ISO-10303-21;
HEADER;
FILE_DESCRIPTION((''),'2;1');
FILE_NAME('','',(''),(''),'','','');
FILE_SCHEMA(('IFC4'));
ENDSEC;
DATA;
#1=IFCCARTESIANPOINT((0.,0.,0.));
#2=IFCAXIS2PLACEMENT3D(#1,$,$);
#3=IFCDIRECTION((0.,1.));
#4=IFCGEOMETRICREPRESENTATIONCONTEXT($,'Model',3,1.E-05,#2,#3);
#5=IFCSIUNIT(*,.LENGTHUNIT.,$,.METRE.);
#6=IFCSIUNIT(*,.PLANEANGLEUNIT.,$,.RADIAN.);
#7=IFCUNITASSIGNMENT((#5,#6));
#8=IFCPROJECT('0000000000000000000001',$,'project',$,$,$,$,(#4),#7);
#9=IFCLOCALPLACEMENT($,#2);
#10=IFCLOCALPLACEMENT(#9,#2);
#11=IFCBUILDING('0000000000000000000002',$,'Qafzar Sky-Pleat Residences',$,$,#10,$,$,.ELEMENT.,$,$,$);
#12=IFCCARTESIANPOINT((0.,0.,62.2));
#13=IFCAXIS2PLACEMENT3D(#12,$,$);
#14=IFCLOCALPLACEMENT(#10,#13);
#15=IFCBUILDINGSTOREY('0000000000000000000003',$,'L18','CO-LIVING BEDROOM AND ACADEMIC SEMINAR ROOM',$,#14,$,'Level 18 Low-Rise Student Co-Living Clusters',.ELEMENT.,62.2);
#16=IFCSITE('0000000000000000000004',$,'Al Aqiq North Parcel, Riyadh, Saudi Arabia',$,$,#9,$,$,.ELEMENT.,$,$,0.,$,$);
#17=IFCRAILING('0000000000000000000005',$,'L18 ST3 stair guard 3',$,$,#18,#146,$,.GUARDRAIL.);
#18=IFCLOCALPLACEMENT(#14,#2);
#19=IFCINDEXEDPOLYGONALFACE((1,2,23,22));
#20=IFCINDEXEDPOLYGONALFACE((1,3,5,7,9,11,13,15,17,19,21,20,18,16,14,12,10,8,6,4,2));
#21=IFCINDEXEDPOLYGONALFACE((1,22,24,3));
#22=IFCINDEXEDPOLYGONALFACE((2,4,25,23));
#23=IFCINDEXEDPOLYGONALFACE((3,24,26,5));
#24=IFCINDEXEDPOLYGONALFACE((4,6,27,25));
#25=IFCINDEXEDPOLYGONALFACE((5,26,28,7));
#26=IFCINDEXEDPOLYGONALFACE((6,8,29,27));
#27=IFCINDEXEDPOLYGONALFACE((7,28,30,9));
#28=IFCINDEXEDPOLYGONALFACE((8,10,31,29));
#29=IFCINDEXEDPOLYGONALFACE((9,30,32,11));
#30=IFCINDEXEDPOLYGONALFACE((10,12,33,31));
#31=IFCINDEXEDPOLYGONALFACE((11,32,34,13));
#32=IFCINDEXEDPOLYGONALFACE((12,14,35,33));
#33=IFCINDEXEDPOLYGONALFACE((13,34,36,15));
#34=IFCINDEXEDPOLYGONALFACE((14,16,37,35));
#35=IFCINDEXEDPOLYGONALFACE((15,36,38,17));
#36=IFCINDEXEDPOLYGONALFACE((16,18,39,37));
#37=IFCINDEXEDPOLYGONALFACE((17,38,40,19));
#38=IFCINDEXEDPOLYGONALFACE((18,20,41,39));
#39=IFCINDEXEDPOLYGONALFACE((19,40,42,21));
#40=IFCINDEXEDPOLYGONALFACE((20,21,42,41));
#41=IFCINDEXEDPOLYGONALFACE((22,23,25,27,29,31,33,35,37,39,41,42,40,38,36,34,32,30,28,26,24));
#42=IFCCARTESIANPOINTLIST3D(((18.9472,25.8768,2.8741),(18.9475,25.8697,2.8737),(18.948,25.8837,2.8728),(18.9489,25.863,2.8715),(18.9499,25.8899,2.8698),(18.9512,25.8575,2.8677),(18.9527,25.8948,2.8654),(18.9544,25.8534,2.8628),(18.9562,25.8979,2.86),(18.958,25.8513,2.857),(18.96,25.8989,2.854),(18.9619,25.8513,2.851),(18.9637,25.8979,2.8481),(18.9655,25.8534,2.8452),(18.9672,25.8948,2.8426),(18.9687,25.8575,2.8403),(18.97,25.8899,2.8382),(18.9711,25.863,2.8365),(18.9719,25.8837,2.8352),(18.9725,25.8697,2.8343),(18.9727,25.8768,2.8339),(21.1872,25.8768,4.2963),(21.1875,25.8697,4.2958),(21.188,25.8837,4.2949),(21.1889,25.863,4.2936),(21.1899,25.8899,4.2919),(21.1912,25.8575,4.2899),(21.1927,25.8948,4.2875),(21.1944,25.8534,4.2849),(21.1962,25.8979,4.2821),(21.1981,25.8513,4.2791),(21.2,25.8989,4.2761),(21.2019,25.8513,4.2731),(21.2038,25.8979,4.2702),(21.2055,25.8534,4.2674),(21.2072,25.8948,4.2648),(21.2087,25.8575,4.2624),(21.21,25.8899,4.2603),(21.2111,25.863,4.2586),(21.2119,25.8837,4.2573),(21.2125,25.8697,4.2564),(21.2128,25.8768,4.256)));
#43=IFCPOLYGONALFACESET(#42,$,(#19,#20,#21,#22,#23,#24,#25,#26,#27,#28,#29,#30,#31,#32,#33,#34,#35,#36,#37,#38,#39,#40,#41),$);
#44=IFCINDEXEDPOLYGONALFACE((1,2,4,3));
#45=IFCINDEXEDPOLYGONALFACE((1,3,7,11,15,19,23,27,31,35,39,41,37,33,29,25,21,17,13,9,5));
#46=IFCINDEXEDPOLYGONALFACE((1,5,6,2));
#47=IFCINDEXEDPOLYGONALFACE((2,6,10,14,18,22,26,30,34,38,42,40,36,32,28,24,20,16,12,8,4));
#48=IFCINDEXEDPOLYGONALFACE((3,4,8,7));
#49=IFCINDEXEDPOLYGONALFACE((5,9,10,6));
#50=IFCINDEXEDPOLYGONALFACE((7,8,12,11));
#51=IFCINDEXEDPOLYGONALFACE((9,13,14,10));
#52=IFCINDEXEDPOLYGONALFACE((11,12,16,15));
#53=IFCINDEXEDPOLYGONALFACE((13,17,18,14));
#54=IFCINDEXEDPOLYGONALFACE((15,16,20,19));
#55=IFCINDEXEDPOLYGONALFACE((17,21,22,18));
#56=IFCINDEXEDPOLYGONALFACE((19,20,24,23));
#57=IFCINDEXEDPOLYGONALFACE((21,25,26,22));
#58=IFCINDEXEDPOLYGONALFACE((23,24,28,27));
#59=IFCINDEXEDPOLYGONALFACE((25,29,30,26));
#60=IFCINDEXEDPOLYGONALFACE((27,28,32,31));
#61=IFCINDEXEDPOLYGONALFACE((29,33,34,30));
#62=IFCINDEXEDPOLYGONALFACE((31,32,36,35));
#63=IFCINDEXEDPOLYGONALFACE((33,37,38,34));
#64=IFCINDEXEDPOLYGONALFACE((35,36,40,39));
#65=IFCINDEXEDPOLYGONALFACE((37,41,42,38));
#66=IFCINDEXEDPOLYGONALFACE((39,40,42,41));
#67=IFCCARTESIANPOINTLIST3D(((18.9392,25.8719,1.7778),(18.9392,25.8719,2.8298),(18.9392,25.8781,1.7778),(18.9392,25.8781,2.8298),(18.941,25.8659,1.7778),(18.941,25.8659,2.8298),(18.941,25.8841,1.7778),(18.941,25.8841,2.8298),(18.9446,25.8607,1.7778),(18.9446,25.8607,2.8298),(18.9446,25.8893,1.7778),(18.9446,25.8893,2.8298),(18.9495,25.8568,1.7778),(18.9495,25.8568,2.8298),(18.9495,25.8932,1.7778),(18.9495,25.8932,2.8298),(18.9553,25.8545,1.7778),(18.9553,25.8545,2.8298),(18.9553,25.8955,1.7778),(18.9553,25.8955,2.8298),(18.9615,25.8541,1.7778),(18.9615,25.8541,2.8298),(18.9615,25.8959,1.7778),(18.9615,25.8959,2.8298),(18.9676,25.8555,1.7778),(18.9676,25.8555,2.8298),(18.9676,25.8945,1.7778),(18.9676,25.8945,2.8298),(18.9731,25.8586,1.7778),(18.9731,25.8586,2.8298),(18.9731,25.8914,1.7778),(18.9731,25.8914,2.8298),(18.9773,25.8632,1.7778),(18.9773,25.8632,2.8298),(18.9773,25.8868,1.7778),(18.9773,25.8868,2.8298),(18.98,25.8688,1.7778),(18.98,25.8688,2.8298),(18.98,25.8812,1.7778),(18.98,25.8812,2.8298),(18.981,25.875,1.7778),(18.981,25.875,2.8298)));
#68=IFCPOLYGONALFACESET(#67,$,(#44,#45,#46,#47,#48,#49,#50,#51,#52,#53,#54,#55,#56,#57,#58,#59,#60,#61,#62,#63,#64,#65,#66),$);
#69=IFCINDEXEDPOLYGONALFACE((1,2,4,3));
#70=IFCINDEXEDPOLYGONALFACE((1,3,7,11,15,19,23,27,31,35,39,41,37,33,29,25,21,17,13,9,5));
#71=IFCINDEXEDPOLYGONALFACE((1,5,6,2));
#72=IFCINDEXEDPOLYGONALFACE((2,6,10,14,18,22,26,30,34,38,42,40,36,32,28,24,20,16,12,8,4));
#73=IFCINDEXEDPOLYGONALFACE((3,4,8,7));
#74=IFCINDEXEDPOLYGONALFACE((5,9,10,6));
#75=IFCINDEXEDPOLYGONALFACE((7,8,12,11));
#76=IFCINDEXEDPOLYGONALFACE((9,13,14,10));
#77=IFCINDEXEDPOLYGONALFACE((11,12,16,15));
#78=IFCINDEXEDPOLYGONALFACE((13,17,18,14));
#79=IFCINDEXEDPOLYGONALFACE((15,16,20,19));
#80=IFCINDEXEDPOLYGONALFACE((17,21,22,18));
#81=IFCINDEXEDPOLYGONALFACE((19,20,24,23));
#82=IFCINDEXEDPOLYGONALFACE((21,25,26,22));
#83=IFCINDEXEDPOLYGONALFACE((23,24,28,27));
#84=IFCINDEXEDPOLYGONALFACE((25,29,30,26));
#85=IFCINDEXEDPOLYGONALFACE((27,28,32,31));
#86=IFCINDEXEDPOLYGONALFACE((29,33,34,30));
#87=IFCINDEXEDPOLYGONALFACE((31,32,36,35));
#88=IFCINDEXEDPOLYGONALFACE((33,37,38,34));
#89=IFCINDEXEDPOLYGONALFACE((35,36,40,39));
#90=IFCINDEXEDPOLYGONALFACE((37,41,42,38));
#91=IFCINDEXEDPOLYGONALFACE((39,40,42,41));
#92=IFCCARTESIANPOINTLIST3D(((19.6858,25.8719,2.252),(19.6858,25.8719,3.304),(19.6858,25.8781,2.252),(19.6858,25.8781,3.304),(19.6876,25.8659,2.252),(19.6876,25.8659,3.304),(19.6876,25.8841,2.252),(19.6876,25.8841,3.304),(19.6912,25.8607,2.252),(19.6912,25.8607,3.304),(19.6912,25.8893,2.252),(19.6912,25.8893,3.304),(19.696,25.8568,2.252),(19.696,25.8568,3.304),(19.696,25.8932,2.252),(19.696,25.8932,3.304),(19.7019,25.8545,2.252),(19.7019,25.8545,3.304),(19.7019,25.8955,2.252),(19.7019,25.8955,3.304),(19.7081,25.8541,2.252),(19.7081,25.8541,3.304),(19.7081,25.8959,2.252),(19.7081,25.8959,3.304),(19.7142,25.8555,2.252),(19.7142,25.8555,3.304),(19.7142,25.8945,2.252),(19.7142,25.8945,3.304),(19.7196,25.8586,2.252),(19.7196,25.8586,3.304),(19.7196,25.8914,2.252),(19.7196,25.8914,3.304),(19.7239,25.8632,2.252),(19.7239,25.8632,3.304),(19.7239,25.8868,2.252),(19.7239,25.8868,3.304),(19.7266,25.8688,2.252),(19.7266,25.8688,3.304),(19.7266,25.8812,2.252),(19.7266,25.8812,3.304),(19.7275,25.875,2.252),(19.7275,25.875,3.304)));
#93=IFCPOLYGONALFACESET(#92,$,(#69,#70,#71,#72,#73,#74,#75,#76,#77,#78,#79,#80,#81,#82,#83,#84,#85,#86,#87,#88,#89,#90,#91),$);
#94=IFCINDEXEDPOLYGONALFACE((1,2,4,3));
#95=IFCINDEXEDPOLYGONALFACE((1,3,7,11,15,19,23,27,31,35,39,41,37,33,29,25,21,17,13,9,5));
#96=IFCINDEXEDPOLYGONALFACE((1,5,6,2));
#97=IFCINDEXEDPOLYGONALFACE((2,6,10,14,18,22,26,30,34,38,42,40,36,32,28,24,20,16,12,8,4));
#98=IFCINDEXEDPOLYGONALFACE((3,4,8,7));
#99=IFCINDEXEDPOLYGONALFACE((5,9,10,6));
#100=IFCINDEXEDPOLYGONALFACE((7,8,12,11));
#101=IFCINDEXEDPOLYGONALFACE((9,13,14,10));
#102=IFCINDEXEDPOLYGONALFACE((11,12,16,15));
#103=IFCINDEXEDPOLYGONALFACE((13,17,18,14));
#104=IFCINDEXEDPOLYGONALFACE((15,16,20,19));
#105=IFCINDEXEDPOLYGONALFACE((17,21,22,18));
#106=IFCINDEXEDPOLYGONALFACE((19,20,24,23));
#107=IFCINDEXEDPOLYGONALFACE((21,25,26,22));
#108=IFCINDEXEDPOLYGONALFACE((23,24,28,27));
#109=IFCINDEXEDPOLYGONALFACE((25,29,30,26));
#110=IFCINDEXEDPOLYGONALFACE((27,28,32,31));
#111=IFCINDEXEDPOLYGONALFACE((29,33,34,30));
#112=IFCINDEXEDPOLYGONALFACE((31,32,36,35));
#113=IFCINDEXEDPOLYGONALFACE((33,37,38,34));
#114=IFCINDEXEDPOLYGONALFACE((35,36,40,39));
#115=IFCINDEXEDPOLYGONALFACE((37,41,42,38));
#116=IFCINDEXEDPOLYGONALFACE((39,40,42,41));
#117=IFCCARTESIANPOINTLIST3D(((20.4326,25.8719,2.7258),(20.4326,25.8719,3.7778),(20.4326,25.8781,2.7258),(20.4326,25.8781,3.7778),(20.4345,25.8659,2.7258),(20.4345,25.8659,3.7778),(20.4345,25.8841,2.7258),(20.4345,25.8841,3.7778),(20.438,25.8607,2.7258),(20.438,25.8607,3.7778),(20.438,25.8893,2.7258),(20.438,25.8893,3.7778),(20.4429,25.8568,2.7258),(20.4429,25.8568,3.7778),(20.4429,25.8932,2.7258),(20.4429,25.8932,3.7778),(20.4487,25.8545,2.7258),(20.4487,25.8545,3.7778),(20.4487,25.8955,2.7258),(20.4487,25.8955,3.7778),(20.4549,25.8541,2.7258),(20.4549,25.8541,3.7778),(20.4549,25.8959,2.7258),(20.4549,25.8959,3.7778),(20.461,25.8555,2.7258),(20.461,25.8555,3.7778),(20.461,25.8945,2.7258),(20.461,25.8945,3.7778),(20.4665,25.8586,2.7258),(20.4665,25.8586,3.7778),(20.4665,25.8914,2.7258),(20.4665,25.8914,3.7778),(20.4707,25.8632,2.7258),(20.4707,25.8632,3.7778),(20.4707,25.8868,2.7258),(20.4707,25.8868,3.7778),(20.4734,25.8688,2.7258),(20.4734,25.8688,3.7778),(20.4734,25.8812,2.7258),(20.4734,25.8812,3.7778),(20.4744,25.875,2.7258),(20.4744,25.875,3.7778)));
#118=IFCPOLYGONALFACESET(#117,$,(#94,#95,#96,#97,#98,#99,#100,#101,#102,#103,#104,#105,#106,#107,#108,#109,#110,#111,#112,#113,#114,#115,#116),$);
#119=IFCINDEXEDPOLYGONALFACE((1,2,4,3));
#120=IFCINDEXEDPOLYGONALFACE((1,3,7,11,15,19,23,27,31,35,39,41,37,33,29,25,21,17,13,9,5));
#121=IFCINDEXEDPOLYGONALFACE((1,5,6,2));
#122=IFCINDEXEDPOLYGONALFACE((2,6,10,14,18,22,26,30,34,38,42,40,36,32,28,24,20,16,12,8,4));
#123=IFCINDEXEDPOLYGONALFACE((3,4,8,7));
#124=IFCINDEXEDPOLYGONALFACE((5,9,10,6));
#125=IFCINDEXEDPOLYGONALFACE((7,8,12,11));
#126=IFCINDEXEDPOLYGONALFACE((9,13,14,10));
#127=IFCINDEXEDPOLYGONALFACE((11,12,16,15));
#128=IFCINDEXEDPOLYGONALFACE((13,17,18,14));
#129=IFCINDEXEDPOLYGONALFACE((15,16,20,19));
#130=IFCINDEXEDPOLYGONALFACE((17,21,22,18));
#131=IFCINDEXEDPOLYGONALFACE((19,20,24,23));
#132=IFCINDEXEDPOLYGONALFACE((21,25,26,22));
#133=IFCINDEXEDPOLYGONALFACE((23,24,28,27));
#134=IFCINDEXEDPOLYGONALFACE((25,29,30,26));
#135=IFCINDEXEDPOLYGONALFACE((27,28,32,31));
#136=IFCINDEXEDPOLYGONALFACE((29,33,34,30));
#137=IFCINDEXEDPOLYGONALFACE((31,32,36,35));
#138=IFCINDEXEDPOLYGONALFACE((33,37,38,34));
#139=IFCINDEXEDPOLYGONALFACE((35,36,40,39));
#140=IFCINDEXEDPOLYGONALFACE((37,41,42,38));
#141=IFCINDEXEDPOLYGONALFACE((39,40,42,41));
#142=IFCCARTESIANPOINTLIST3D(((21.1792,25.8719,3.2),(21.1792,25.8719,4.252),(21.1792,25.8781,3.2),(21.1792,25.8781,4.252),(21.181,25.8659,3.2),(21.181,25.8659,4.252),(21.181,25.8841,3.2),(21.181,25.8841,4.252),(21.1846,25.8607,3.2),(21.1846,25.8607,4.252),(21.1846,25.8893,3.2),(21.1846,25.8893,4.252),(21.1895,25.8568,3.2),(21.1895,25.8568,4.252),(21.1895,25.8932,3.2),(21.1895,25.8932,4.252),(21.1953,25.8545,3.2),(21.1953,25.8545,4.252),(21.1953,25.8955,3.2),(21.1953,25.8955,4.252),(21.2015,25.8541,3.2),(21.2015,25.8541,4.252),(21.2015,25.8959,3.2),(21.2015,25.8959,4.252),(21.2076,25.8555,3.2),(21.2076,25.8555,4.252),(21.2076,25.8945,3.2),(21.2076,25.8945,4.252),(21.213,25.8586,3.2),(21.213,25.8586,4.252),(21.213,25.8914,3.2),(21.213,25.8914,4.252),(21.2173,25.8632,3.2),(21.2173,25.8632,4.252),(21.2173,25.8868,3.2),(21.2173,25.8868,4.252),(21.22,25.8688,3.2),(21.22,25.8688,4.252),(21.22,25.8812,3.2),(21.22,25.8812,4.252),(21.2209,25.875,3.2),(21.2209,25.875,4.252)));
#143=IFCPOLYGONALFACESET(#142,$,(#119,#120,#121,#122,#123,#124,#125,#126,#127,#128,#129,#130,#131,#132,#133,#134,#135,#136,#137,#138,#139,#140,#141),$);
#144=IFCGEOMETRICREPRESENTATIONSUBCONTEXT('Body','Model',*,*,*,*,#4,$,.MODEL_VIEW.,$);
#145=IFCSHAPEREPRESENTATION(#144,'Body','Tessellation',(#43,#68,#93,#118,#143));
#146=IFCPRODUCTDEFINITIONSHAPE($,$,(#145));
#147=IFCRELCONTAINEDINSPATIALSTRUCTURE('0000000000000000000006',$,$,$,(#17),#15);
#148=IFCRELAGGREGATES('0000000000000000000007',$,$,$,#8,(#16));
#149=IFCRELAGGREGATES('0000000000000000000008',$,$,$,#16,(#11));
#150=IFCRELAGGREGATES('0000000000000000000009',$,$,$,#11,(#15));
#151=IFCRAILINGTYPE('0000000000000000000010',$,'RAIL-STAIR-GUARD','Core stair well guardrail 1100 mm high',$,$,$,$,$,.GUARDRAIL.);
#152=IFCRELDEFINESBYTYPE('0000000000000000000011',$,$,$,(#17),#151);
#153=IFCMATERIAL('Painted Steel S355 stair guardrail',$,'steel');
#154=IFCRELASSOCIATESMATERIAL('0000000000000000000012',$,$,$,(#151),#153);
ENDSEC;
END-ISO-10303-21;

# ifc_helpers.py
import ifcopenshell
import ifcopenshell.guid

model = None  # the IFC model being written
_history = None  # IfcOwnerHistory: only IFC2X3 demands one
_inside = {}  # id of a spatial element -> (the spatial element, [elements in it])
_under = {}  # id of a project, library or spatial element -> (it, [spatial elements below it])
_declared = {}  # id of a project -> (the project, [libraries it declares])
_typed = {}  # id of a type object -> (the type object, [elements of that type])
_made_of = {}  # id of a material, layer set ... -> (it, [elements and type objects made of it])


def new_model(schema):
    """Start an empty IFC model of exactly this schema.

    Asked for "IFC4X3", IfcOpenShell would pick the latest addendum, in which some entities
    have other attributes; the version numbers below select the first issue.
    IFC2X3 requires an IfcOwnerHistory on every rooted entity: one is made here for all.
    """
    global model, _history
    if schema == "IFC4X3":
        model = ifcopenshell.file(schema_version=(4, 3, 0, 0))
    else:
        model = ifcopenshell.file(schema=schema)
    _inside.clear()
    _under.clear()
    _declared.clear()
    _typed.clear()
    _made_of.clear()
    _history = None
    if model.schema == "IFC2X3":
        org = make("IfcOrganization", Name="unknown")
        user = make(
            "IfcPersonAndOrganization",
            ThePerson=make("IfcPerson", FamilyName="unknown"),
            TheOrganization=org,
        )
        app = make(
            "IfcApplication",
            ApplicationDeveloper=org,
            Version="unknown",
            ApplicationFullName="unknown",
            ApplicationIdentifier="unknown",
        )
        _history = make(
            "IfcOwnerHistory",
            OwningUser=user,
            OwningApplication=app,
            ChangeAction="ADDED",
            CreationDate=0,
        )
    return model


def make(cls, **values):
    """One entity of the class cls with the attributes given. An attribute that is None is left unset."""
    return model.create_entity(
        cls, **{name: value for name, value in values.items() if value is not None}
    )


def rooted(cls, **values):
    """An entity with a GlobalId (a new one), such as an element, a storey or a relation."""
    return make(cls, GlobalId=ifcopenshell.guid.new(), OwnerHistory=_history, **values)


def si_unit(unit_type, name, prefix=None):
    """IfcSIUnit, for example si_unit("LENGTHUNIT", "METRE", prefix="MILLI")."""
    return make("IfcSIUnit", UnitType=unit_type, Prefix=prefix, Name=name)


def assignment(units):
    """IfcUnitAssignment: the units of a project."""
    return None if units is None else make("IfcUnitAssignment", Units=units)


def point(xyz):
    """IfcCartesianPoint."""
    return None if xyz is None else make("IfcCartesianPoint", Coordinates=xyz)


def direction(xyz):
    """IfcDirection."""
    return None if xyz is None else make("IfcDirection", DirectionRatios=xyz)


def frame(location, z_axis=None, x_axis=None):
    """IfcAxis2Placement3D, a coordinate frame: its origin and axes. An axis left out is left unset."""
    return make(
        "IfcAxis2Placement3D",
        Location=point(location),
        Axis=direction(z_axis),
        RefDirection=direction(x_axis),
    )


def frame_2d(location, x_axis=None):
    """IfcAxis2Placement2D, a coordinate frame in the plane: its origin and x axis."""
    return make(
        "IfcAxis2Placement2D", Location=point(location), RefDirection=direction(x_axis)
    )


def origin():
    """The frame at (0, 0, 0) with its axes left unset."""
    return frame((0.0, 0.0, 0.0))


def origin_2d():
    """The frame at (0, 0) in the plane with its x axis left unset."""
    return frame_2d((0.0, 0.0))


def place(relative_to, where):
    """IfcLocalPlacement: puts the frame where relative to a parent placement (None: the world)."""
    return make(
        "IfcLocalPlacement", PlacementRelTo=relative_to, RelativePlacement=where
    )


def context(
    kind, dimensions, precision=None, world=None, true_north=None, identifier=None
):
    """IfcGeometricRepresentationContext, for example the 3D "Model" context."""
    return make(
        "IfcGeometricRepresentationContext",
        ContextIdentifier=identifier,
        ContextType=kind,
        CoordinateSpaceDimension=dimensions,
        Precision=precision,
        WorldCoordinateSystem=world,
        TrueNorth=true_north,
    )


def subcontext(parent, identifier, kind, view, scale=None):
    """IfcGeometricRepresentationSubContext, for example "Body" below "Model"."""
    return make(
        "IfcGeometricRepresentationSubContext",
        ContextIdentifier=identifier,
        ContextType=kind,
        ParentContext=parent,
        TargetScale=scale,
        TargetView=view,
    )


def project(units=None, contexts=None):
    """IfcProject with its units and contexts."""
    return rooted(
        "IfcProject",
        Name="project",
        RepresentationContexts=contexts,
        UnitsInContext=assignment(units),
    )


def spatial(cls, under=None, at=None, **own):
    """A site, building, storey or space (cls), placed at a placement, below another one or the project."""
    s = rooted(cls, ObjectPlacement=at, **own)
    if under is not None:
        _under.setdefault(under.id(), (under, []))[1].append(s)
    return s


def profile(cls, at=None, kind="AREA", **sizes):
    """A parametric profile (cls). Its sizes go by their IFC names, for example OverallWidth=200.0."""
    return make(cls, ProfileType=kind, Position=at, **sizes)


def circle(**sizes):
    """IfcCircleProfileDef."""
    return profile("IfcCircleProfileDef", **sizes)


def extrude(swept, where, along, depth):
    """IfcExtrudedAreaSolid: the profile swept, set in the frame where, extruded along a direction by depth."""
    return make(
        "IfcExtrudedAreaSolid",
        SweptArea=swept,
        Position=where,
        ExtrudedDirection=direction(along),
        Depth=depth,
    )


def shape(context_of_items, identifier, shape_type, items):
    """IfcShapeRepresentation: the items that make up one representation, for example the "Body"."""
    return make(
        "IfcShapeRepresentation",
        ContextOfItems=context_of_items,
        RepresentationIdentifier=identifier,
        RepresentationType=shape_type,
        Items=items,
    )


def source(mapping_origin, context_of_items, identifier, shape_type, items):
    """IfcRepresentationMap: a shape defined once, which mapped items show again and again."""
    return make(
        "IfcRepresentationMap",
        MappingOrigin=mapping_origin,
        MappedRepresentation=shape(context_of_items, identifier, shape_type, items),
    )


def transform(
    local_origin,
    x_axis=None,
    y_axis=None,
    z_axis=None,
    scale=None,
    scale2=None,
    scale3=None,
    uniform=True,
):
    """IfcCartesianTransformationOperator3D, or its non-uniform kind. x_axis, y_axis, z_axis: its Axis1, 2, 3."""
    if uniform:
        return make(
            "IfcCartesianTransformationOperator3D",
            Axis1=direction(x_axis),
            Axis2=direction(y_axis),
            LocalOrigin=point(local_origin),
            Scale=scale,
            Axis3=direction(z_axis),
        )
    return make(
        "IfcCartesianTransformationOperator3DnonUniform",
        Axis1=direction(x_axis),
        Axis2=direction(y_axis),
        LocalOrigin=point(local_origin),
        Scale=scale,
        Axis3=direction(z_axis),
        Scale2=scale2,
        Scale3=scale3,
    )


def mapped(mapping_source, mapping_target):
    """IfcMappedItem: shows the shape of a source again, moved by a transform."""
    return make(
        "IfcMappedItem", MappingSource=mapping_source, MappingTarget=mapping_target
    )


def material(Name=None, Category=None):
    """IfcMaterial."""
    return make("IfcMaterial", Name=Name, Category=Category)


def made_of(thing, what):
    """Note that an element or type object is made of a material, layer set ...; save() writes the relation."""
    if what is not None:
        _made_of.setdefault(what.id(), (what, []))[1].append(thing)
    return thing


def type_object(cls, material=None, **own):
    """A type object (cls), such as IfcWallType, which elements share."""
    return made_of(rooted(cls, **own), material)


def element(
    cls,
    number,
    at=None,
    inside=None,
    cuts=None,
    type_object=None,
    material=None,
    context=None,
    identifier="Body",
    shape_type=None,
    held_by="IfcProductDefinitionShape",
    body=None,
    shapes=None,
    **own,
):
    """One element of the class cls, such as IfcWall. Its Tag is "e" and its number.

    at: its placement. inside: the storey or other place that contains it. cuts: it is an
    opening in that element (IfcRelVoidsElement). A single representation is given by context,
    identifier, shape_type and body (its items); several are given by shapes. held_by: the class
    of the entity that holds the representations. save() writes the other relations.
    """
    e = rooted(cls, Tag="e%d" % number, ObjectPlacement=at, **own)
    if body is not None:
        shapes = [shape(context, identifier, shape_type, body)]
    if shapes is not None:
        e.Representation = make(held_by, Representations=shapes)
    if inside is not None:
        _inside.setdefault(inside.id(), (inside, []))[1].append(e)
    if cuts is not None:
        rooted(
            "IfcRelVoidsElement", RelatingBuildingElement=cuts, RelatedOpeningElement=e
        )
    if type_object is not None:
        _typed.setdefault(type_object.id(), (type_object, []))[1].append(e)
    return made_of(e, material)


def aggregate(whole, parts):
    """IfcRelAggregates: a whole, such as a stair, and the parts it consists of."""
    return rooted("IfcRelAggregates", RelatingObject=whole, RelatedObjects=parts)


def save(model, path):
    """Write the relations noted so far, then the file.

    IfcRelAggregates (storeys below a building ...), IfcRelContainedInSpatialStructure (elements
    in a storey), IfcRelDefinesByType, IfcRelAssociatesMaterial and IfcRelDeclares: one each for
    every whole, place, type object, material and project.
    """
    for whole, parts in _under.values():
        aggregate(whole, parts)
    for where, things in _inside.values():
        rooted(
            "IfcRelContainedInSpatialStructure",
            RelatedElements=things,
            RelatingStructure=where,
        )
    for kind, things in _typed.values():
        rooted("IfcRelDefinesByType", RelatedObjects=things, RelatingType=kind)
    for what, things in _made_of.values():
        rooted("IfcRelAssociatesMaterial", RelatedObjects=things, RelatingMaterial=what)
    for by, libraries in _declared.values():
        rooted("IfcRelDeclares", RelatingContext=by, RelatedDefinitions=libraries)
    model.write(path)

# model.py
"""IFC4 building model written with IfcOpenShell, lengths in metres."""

from ifc_helpers import new_model, si_unit, direction, frame, origin, origin_2d, place, context, subcontext, project, spatial, circle, extrude, source, transform, mapped, material, type_object, element, save


model = new_model("IFC4")

# Units and contexts
model_context = context("Model", 3, precision=1e-05, world=origin(), true_north=direction((0.0, 1.0)))
body_context = subcontext(model_context, "Body", "Model", "MODEL_VIEW")
ifc_project = project(units=[si_unit("LENGTHUNIT", "METRE"), si_unit("PLANEANGLEUNIT", "RADIAN")], contexts=[model_context])

# Site, building, storey
site_placement = place(None, origin())
site = spatial("IfcSite", under=ifc_project, at=site_placement, Name="Al Aqiq North Parcel, Riyadh, Saudi Arabia", CompositionType="ELEMENT", RefElevation=0.0)
building_placement = place(site_placement, origin())
building = spatial("IfcBuilding", under=site, at=building_placement, Name="Qafzar Sky-Pleat Residences", CompositionType="ELEMENT")
storey_placement = place(building_placement, frame((0.0, 0.0, 62.2)))
storey = spatial("IfcBuildingStorey", under=building, at=storey_placement, Name="L18", Description="CO-LIVING BEDROOM AND ACADEMIC SEMINAR ROOM", LongName="Level 18 Low-Rise Student Co-Living Clusters", CompositionType="ELEMENT", Elevation=62.2)

# Railing
ifc_material_1 = material(Name="Painted Steel S355 stair guardrail", Category="steel")
railing_type_1 = type_object("IfcRailingType", Name="RAIL-STAIR-GUARD", Description="Core stair well guardrail 1100 mm high", PredefinedType="GUARDRAIL", material=ifc_material_1)
shared_shape_1 = source(origin(), body_context, "Body", "SweptSolid", [
    extrude(circle(Radius=0.0239, at=origin_2d()), frame((0.0, 0.0, 1.0762), z_axis=(0.844229, 0.0, 0.535982), x_axis=(0.0, 1.0, 0.0)), (0.0, 0.0, 1.0), 2.6533),
    extrude(circle(Radius=0.021, at=origin_2d()), origin(), (0.0, 0.0, 1.0), 1.052),
    extrude(circle(Radius=0.021, at=origin_2d()), frame((0.7466, 0.0, 0.4741)), (0.0, 0.0, 1.0), 1.052),
    extrude(circle(Radius=0.021, at=origin_2d()), frame((1.4934, 0.0, 0.948)), (0.0, 0.0, 1.0), 1.052),
    extrude(circle(Radius=0.021, at=origin_2d()), frame((2.24, 0.0, 1.4221)), (0.0, 0.0, 1.0), 1.052),
])
railing_1_placement = place(storey_placement, frame((18.96, 25.875, 1.7778)))
element("IfcRailing", 1, at=railing_1_placement, inside=storey, type_object=railing_type_1, Name="L18 ST3 stair guard 3", PredefinedType="GUARDRAIL", context=body_context, shape_type="MappedRepresentation", body=[
    mapped(shared_shape_1, transform((0.0, 0.0, 0.0), x_axis=(1.0, 0.0, 0.0), y_axis=(0.0, 1.0, 0.0), z_axis=(0.0, 0.0, 1.0), scale=1.0)),
])

save(model, "model.ifc")
